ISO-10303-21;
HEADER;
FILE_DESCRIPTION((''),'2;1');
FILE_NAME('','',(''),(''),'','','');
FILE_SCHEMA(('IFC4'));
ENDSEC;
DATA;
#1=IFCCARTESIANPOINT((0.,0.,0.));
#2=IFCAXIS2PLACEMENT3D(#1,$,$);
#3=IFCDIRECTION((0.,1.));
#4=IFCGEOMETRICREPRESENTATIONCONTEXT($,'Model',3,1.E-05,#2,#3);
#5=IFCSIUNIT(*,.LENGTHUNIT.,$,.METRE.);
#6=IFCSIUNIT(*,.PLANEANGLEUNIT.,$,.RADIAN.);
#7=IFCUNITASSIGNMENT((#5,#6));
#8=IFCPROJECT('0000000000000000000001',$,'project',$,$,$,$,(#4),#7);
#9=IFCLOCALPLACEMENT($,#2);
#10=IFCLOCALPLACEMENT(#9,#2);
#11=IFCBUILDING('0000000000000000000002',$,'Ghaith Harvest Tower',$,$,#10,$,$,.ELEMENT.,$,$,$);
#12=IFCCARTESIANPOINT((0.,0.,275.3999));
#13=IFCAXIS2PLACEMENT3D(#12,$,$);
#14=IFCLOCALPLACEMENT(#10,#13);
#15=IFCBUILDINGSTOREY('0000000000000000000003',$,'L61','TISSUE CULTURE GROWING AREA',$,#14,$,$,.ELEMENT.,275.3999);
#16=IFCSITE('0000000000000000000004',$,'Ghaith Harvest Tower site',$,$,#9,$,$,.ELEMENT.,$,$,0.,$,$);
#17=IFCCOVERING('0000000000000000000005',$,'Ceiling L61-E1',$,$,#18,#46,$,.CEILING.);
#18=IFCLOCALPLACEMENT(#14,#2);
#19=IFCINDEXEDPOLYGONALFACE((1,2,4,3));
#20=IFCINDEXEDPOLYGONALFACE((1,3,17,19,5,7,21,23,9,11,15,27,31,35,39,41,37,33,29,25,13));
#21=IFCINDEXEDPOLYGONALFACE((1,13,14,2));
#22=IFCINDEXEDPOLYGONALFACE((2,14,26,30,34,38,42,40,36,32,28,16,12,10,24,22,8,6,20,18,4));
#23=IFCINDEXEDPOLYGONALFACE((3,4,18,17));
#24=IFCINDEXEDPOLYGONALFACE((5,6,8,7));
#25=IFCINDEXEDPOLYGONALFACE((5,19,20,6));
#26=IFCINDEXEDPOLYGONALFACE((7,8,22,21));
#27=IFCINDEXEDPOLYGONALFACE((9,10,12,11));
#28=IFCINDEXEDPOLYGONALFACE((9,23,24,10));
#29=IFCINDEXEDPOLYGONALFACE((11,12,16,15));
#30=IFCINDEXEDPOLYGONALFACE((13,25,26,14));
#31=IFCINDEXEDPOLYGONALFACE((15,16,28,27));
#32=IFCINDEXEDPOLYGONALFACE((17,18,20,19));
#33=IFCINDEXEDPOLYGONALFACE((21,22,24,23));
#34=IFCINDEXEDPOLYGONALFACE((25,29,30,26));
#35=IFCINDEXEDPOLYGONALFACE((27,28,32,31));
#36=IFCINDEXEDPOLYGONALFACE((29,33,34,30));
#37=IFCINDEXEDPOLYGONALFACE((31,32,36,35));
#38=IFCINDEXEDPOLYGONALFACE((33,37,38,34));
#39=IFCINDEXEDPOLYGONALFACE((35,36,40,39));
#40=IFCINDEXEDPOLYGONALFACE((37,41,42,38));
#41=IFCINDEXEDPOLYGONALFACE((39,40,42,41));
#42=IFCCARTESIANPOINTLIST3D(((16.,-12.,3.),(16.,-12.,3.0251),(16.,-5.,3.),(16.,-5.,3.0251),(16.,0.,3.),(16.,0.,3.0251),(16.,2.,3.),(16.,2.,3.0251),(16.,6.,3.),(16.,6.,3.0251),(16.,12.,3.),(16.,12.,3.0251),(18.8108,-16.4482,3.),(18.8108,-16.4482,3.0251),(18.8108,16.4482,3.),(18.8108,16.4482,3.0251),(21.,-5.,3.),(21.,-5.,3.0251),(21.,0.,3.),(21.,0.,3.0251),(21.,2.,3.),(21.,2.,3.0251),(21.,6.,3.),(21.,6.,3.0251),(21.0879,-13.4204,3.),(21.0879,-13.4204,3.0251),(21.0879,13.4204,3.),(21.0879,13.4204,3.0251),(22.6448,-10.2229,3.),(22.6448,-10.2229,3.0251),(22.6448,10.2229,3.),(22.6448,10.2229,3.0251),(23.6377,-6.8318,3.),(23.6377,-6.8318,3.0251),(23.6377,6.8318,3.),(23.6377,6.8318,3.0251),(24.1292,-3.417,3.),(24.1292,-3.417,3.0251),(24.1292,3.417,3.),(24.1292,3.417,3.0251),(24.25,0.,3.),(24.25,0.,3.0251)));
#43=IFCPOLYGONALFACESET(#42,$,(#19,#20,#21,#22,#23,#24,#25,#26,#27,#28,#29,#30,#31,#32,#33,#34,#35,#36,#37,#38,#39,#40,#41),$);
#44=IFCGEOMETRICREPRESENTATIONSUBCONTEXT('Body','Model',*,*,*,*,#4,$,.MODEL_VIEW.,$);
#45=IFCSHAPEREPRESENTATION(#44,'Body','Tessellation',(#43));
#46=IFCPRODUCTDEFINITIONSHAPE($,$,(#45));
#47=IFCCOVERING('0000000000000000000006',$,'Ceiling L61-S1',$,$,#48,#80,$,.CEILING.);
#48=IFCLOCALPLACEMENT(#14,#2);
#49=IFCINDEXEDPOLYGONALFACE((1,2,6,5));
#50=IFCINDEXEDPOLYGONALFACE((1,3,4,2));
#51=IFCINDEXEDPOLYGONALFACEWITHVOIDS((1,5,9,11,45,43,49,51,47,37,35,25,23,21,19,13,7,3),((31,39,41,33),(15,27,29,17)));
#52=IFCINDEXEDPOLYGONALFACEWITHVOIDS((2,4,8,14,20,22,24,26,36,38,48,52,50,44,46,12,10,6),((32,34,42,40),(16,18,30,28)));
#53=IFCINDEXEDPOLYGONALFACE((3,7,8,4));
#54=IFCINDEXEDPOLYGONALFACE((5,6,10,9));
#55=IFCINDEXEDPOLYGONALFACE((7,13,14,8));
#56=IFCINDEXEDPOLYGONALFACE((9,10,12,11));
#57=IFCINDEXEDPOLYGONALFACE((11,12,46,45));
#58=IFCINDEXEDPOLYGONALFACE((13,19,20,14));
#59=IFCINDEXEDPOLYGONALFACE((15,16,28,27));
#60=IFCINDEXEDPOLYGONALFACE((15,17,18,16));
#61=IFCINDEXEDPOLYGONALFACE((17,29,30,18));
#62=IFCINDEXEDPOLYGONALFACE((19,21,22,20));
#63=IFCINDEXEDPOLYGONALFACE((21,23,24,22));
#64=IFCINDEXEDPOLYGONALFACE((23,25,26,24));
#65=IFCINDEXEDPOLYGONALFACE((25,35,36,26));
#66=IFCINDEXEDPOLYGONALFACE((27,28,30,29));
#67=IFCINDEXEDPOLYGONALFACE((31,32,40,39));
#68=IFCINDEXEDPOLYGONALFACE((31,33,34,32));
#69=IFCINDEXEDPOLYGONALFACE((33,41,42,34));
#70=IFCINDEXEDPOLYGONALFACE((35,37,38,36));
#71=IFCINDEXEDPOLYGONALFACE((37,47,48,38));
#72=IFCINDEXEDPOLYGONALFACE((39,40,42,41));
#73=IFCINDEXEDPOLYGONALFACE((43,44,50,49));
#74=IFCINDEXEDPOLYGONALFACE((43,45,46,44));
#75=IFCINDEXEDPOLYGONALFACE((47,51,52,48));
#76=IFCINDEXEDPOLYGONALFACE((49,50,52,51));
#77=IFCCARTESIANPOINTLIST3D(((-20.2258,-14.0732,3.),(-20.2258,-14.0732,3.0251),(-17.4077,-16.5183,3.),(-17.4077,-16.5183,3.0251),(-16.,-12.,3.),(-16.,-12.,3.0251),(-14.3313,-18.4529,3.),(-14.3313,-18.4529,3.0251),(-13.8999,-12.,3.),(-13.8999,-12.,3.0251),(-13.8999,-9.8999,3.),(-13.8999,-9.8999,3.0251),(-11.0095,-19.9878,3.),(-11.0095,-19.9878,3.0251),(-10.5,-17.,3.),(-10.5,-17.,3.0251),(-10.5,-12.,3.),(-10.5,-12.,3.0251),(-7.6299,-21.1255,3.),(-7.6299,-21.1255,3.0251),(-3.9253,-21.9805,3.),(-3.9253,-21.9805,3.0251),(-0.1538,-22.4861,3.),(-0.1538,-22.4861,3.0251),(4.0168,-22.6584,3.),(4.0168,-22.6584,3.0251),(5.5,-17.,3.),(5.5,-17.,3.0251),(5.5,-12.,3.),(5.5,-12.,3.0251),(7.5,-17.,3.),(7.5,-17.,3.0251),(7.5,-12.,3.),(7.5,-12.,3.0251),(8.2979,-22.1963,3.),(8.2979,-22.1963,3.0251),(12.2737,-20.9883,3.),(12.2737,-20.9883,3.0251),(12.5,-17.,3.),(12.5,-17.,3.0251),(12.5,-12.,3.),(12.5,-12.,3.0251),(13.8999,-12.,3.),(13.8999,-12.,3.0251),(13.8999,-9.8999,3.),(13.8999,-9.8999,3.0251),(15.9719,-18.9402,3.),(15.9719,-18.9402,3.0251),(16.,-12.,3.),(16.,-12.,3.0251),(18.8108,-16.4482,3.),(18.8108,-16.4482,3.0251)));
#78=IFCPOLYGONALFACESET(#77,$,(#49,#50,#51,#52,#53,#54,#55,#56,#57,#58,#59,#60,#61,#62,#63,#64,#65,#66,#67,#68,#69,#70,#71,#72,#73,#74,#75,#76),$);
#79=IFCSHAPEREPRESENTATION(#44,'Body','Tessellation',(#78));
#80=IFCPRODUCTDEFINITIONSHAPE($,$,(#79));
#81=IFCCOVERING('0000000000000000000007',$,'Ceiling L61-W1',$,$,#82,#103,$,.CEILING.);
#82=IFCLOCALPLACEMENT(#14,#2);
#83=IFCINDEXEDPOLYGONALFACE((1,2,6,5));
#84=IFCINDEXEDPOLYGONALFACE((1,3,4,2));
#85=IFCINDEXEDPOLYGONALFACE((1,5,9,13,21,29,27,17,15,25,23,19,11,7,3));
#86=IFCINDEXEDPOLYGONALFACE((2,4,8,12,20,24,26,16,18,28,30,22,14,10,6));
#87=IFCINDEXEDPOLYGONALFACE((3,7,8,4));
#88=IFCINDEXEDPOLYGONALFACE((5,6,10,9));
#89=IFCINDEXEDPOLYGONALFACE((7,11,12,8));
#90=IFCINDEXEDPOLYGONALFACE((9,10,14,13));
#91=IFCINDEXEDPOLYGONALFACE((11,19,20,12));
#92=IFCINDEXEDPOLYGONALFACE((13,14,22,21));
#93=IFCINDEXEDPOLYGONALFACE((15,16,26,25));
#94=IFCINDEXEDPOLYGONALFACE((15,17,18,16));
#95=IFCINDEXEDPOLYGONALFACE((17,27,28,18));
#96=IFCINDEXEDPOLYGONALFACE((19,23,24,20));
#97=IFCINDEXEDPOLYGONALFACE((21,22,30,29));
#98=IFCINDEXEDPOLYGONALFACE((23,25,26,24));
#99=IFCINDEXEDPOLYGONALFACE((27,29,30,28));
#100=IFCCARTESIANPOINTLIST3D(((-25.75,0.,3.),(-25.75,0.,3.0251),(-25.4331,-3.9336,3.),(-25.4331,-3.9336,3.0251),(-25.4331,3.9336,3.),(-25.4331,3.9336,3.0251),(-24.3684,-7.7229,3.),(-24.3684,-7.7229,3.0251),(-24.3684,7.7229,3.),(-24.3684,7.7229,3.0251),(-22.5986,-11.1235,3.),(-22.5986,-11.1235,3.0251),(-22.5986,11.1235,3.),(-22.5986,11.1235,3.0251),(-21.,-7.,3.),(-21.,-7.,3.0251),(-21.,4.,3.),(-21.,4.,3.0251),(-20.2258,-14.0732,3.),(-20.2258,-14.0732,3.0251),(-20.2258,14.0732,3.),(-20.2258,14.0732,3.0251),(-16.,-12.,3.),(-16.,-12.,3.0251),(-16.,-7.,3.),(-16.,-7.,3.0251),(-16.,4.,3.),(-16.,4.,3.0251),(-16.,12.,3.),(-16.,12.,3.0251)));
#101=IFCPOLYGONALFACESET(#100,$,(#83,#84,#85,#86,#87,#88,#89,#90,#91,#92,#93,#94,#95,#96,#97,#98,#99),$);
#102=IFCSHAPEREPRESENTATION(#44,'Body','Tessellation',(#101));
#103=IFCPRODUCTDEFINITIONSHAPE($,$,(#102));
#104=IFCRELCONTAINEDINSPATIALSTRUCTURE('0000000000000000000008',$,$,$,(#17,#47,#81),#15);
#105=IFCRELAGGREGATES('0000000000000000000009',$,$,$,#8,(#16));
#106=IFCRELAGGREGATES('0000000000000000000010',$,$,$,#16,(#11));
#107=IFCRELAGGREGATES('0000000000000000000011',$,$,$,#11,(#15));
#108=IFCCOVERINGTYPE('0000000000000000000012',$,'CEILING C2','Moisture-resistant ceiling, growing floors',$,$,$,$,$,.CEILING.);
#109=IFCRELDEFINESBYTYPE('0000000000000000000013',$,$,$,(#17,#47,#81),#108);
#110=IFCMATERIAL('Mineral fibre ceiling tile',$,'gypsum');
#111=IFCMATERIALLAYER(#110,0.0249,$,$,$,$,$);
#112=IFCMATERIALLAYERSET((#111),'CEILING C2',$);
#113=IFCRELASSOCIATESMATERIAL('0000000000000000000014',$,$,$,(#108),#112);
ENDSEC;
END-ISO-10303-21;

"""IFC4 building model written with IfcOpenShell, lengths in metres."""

from ifc_helpers import new_model, si_unit, direction, frame, origin, place, context, subcontext, project, spatial, polyline, outline, extrude, material, layer, layer_set, type_object, element, save


model = new_model("IFC4")

# Units and contexts
model_context = context("Model", 3, precision=1e-05, world=origin(), true_north=direction((0.0, 1.0)))
body_context = subcontext(model_context, "Body", "Model", "MODEL_VIEW")
ifc_project = project(units=[si_unit("LENGTHUNIT", "METRE"), si_unit("PLANEANGLEUNIT", "RADIAN")], contexts=[model_context])

# Site, building, storey
site_placement = place(None, origin())
site = spatial("IfcSite", under=ifc_project, at=site_placement, Name="Ghaith Harvest Tower site", CompositionType="ELEMENT", RefElevation=0.0)
building_placement = place(site_placement, origin())
building = spatial("IfcBuilding", under=site, at=building_placement, Name="Ghaith Harvest Tower", CompositionType="ELEMENT")
storey_placement = place(building_placement, frame((0.0, 0.0, 275.3999)))
storey = spatial("IfcBuildingStorey", under=building, at=storey_placement, Name="L61", Description="TISSUE CULTURE GROWING AREA", CompositionType="ELEMENT", Elevation=275.3999)

# Coverings
ifc_material_1 = material(Name="Mineral fibre ceiling tile", Category="gypsum")
ifc_layer_1 = layer(ifc_material_1, 0.0249)
ifc_layer_set_1 = layer_set([ifc_layer_1], Name="CEILING C2")
covering_type = type_object("IfcCoveringType", Name="CEILING C2", Description="Moisture-resistant ceiling, growing floors", PredefinedType="CEILING", material=ifc_layer_set_1)
covering_1_placement = place(storey_placement, frame((0.0, 0.0, 3.0)))
element("IfcCovering", 1, at=covering_1_placement, inside=storey, type_object=covering_type, Name="Ceiling L61-E1", PredefinedType="CEILING", context=body_context, shape_type="SweptSolid", body=[
    extrude(outline(polyline([(21.0879, 13.4204), (22.6448, 10.2229), (23.6377, 6.8318), (24.1292, 3.417), (24.25, 0.0), (24.1292, -3.417), (23.6377, -6.8318), (22.6448, -10.2229), (21.0879, -13.4204), (18.8108, -16.4482), (16.0, -12.0), (16.0, -5.0), (21.0, -5.0), (21.0, 0.0), (16.0, 0.0), (16.0, 2.0), (21.0, 2.0), (21.0, 6.0), (16.0, 6.0), (16.0, 12.0), (18.8108, 16.4482), (21.0879, 13.4204)])), origin(), (0.0, 0.0, 1.0), 0.0251),
])
covering_2_placement = place(storey_placement, frame((0.0, 0.0, 3.0)))
element("IfcCovering", 2, at=covering_2_placement, inside=storey, type_object=covering_type, Name="Ceiling L61-S1", PredefinedType="CEILING", context=body_context, shape_type="SweptSolid", body=[
    extrude(outline(polyline([(-17.4077, -16.5183), (-20.2258, -14.0732), (-16.0, -12.0), (-13.8999, -12.0), (-13.8999, -9.8999), (13.8999, -9.8999), (13.8999, -12.0), (16.0, -12.0), (18.8108, -16.4482), (15.9719, -18.9402), (12.2737, -20.9883), (8.2979, -22.1963), (4.0168, -22.6584), (-0.1538, -22.4861), (-3.9253, -21.9805), (-7.6299, -21.1255), (-11.0095, -19.9878), (-14.3313, -18.4529), (-17.4077, -16.5183)]), holes=[polyline([(5.5, -12.0), (-10.5, -12.0), (-10.5, -17.0), (5.5, -17.0), (5.5, -12.0)]), polyline([(7.5, -12.0), (7.5, -17.0), (12.5, -17.0), (12.5, -12.0), (7.5, -12.0)])]), origin(), (0.0, 0.0, 1.0), 0.0251),
])
covering_3_placement = place(storey_placement, frame((0.0, 0.0, 3.0)))
element("IfcCovering", 3, at=covering_3_placement, inside=storey, type_object=covering_type, Name="Ceiling L61-W1", PredefinedType="CEILING", context=body_context, shape_type="SweptSolid", body=[
    extrude(outline(polyline([(-22.5986, -11.1235), (-24.3684, -7.7229), (-25.4331, -3.9336), (-25.75, 0.0), (-25.4331, 3.9336), (-24.3684, 7.7229), (-22.5986, 11.1235), (-20.2258, 14.0732), (-16.0, 12.0), (-16.0, 4.0), (-21.0, 4.0), (-21.0, -7.0), (-16.0, -7.0), (-16.0, -12.0), (-20.2258, -14.0732), (-22.5986, -11.1235)])), origin(), (0.0, 0.0, 1.0), 0.0251),
])

save(model, "model.ifc")
